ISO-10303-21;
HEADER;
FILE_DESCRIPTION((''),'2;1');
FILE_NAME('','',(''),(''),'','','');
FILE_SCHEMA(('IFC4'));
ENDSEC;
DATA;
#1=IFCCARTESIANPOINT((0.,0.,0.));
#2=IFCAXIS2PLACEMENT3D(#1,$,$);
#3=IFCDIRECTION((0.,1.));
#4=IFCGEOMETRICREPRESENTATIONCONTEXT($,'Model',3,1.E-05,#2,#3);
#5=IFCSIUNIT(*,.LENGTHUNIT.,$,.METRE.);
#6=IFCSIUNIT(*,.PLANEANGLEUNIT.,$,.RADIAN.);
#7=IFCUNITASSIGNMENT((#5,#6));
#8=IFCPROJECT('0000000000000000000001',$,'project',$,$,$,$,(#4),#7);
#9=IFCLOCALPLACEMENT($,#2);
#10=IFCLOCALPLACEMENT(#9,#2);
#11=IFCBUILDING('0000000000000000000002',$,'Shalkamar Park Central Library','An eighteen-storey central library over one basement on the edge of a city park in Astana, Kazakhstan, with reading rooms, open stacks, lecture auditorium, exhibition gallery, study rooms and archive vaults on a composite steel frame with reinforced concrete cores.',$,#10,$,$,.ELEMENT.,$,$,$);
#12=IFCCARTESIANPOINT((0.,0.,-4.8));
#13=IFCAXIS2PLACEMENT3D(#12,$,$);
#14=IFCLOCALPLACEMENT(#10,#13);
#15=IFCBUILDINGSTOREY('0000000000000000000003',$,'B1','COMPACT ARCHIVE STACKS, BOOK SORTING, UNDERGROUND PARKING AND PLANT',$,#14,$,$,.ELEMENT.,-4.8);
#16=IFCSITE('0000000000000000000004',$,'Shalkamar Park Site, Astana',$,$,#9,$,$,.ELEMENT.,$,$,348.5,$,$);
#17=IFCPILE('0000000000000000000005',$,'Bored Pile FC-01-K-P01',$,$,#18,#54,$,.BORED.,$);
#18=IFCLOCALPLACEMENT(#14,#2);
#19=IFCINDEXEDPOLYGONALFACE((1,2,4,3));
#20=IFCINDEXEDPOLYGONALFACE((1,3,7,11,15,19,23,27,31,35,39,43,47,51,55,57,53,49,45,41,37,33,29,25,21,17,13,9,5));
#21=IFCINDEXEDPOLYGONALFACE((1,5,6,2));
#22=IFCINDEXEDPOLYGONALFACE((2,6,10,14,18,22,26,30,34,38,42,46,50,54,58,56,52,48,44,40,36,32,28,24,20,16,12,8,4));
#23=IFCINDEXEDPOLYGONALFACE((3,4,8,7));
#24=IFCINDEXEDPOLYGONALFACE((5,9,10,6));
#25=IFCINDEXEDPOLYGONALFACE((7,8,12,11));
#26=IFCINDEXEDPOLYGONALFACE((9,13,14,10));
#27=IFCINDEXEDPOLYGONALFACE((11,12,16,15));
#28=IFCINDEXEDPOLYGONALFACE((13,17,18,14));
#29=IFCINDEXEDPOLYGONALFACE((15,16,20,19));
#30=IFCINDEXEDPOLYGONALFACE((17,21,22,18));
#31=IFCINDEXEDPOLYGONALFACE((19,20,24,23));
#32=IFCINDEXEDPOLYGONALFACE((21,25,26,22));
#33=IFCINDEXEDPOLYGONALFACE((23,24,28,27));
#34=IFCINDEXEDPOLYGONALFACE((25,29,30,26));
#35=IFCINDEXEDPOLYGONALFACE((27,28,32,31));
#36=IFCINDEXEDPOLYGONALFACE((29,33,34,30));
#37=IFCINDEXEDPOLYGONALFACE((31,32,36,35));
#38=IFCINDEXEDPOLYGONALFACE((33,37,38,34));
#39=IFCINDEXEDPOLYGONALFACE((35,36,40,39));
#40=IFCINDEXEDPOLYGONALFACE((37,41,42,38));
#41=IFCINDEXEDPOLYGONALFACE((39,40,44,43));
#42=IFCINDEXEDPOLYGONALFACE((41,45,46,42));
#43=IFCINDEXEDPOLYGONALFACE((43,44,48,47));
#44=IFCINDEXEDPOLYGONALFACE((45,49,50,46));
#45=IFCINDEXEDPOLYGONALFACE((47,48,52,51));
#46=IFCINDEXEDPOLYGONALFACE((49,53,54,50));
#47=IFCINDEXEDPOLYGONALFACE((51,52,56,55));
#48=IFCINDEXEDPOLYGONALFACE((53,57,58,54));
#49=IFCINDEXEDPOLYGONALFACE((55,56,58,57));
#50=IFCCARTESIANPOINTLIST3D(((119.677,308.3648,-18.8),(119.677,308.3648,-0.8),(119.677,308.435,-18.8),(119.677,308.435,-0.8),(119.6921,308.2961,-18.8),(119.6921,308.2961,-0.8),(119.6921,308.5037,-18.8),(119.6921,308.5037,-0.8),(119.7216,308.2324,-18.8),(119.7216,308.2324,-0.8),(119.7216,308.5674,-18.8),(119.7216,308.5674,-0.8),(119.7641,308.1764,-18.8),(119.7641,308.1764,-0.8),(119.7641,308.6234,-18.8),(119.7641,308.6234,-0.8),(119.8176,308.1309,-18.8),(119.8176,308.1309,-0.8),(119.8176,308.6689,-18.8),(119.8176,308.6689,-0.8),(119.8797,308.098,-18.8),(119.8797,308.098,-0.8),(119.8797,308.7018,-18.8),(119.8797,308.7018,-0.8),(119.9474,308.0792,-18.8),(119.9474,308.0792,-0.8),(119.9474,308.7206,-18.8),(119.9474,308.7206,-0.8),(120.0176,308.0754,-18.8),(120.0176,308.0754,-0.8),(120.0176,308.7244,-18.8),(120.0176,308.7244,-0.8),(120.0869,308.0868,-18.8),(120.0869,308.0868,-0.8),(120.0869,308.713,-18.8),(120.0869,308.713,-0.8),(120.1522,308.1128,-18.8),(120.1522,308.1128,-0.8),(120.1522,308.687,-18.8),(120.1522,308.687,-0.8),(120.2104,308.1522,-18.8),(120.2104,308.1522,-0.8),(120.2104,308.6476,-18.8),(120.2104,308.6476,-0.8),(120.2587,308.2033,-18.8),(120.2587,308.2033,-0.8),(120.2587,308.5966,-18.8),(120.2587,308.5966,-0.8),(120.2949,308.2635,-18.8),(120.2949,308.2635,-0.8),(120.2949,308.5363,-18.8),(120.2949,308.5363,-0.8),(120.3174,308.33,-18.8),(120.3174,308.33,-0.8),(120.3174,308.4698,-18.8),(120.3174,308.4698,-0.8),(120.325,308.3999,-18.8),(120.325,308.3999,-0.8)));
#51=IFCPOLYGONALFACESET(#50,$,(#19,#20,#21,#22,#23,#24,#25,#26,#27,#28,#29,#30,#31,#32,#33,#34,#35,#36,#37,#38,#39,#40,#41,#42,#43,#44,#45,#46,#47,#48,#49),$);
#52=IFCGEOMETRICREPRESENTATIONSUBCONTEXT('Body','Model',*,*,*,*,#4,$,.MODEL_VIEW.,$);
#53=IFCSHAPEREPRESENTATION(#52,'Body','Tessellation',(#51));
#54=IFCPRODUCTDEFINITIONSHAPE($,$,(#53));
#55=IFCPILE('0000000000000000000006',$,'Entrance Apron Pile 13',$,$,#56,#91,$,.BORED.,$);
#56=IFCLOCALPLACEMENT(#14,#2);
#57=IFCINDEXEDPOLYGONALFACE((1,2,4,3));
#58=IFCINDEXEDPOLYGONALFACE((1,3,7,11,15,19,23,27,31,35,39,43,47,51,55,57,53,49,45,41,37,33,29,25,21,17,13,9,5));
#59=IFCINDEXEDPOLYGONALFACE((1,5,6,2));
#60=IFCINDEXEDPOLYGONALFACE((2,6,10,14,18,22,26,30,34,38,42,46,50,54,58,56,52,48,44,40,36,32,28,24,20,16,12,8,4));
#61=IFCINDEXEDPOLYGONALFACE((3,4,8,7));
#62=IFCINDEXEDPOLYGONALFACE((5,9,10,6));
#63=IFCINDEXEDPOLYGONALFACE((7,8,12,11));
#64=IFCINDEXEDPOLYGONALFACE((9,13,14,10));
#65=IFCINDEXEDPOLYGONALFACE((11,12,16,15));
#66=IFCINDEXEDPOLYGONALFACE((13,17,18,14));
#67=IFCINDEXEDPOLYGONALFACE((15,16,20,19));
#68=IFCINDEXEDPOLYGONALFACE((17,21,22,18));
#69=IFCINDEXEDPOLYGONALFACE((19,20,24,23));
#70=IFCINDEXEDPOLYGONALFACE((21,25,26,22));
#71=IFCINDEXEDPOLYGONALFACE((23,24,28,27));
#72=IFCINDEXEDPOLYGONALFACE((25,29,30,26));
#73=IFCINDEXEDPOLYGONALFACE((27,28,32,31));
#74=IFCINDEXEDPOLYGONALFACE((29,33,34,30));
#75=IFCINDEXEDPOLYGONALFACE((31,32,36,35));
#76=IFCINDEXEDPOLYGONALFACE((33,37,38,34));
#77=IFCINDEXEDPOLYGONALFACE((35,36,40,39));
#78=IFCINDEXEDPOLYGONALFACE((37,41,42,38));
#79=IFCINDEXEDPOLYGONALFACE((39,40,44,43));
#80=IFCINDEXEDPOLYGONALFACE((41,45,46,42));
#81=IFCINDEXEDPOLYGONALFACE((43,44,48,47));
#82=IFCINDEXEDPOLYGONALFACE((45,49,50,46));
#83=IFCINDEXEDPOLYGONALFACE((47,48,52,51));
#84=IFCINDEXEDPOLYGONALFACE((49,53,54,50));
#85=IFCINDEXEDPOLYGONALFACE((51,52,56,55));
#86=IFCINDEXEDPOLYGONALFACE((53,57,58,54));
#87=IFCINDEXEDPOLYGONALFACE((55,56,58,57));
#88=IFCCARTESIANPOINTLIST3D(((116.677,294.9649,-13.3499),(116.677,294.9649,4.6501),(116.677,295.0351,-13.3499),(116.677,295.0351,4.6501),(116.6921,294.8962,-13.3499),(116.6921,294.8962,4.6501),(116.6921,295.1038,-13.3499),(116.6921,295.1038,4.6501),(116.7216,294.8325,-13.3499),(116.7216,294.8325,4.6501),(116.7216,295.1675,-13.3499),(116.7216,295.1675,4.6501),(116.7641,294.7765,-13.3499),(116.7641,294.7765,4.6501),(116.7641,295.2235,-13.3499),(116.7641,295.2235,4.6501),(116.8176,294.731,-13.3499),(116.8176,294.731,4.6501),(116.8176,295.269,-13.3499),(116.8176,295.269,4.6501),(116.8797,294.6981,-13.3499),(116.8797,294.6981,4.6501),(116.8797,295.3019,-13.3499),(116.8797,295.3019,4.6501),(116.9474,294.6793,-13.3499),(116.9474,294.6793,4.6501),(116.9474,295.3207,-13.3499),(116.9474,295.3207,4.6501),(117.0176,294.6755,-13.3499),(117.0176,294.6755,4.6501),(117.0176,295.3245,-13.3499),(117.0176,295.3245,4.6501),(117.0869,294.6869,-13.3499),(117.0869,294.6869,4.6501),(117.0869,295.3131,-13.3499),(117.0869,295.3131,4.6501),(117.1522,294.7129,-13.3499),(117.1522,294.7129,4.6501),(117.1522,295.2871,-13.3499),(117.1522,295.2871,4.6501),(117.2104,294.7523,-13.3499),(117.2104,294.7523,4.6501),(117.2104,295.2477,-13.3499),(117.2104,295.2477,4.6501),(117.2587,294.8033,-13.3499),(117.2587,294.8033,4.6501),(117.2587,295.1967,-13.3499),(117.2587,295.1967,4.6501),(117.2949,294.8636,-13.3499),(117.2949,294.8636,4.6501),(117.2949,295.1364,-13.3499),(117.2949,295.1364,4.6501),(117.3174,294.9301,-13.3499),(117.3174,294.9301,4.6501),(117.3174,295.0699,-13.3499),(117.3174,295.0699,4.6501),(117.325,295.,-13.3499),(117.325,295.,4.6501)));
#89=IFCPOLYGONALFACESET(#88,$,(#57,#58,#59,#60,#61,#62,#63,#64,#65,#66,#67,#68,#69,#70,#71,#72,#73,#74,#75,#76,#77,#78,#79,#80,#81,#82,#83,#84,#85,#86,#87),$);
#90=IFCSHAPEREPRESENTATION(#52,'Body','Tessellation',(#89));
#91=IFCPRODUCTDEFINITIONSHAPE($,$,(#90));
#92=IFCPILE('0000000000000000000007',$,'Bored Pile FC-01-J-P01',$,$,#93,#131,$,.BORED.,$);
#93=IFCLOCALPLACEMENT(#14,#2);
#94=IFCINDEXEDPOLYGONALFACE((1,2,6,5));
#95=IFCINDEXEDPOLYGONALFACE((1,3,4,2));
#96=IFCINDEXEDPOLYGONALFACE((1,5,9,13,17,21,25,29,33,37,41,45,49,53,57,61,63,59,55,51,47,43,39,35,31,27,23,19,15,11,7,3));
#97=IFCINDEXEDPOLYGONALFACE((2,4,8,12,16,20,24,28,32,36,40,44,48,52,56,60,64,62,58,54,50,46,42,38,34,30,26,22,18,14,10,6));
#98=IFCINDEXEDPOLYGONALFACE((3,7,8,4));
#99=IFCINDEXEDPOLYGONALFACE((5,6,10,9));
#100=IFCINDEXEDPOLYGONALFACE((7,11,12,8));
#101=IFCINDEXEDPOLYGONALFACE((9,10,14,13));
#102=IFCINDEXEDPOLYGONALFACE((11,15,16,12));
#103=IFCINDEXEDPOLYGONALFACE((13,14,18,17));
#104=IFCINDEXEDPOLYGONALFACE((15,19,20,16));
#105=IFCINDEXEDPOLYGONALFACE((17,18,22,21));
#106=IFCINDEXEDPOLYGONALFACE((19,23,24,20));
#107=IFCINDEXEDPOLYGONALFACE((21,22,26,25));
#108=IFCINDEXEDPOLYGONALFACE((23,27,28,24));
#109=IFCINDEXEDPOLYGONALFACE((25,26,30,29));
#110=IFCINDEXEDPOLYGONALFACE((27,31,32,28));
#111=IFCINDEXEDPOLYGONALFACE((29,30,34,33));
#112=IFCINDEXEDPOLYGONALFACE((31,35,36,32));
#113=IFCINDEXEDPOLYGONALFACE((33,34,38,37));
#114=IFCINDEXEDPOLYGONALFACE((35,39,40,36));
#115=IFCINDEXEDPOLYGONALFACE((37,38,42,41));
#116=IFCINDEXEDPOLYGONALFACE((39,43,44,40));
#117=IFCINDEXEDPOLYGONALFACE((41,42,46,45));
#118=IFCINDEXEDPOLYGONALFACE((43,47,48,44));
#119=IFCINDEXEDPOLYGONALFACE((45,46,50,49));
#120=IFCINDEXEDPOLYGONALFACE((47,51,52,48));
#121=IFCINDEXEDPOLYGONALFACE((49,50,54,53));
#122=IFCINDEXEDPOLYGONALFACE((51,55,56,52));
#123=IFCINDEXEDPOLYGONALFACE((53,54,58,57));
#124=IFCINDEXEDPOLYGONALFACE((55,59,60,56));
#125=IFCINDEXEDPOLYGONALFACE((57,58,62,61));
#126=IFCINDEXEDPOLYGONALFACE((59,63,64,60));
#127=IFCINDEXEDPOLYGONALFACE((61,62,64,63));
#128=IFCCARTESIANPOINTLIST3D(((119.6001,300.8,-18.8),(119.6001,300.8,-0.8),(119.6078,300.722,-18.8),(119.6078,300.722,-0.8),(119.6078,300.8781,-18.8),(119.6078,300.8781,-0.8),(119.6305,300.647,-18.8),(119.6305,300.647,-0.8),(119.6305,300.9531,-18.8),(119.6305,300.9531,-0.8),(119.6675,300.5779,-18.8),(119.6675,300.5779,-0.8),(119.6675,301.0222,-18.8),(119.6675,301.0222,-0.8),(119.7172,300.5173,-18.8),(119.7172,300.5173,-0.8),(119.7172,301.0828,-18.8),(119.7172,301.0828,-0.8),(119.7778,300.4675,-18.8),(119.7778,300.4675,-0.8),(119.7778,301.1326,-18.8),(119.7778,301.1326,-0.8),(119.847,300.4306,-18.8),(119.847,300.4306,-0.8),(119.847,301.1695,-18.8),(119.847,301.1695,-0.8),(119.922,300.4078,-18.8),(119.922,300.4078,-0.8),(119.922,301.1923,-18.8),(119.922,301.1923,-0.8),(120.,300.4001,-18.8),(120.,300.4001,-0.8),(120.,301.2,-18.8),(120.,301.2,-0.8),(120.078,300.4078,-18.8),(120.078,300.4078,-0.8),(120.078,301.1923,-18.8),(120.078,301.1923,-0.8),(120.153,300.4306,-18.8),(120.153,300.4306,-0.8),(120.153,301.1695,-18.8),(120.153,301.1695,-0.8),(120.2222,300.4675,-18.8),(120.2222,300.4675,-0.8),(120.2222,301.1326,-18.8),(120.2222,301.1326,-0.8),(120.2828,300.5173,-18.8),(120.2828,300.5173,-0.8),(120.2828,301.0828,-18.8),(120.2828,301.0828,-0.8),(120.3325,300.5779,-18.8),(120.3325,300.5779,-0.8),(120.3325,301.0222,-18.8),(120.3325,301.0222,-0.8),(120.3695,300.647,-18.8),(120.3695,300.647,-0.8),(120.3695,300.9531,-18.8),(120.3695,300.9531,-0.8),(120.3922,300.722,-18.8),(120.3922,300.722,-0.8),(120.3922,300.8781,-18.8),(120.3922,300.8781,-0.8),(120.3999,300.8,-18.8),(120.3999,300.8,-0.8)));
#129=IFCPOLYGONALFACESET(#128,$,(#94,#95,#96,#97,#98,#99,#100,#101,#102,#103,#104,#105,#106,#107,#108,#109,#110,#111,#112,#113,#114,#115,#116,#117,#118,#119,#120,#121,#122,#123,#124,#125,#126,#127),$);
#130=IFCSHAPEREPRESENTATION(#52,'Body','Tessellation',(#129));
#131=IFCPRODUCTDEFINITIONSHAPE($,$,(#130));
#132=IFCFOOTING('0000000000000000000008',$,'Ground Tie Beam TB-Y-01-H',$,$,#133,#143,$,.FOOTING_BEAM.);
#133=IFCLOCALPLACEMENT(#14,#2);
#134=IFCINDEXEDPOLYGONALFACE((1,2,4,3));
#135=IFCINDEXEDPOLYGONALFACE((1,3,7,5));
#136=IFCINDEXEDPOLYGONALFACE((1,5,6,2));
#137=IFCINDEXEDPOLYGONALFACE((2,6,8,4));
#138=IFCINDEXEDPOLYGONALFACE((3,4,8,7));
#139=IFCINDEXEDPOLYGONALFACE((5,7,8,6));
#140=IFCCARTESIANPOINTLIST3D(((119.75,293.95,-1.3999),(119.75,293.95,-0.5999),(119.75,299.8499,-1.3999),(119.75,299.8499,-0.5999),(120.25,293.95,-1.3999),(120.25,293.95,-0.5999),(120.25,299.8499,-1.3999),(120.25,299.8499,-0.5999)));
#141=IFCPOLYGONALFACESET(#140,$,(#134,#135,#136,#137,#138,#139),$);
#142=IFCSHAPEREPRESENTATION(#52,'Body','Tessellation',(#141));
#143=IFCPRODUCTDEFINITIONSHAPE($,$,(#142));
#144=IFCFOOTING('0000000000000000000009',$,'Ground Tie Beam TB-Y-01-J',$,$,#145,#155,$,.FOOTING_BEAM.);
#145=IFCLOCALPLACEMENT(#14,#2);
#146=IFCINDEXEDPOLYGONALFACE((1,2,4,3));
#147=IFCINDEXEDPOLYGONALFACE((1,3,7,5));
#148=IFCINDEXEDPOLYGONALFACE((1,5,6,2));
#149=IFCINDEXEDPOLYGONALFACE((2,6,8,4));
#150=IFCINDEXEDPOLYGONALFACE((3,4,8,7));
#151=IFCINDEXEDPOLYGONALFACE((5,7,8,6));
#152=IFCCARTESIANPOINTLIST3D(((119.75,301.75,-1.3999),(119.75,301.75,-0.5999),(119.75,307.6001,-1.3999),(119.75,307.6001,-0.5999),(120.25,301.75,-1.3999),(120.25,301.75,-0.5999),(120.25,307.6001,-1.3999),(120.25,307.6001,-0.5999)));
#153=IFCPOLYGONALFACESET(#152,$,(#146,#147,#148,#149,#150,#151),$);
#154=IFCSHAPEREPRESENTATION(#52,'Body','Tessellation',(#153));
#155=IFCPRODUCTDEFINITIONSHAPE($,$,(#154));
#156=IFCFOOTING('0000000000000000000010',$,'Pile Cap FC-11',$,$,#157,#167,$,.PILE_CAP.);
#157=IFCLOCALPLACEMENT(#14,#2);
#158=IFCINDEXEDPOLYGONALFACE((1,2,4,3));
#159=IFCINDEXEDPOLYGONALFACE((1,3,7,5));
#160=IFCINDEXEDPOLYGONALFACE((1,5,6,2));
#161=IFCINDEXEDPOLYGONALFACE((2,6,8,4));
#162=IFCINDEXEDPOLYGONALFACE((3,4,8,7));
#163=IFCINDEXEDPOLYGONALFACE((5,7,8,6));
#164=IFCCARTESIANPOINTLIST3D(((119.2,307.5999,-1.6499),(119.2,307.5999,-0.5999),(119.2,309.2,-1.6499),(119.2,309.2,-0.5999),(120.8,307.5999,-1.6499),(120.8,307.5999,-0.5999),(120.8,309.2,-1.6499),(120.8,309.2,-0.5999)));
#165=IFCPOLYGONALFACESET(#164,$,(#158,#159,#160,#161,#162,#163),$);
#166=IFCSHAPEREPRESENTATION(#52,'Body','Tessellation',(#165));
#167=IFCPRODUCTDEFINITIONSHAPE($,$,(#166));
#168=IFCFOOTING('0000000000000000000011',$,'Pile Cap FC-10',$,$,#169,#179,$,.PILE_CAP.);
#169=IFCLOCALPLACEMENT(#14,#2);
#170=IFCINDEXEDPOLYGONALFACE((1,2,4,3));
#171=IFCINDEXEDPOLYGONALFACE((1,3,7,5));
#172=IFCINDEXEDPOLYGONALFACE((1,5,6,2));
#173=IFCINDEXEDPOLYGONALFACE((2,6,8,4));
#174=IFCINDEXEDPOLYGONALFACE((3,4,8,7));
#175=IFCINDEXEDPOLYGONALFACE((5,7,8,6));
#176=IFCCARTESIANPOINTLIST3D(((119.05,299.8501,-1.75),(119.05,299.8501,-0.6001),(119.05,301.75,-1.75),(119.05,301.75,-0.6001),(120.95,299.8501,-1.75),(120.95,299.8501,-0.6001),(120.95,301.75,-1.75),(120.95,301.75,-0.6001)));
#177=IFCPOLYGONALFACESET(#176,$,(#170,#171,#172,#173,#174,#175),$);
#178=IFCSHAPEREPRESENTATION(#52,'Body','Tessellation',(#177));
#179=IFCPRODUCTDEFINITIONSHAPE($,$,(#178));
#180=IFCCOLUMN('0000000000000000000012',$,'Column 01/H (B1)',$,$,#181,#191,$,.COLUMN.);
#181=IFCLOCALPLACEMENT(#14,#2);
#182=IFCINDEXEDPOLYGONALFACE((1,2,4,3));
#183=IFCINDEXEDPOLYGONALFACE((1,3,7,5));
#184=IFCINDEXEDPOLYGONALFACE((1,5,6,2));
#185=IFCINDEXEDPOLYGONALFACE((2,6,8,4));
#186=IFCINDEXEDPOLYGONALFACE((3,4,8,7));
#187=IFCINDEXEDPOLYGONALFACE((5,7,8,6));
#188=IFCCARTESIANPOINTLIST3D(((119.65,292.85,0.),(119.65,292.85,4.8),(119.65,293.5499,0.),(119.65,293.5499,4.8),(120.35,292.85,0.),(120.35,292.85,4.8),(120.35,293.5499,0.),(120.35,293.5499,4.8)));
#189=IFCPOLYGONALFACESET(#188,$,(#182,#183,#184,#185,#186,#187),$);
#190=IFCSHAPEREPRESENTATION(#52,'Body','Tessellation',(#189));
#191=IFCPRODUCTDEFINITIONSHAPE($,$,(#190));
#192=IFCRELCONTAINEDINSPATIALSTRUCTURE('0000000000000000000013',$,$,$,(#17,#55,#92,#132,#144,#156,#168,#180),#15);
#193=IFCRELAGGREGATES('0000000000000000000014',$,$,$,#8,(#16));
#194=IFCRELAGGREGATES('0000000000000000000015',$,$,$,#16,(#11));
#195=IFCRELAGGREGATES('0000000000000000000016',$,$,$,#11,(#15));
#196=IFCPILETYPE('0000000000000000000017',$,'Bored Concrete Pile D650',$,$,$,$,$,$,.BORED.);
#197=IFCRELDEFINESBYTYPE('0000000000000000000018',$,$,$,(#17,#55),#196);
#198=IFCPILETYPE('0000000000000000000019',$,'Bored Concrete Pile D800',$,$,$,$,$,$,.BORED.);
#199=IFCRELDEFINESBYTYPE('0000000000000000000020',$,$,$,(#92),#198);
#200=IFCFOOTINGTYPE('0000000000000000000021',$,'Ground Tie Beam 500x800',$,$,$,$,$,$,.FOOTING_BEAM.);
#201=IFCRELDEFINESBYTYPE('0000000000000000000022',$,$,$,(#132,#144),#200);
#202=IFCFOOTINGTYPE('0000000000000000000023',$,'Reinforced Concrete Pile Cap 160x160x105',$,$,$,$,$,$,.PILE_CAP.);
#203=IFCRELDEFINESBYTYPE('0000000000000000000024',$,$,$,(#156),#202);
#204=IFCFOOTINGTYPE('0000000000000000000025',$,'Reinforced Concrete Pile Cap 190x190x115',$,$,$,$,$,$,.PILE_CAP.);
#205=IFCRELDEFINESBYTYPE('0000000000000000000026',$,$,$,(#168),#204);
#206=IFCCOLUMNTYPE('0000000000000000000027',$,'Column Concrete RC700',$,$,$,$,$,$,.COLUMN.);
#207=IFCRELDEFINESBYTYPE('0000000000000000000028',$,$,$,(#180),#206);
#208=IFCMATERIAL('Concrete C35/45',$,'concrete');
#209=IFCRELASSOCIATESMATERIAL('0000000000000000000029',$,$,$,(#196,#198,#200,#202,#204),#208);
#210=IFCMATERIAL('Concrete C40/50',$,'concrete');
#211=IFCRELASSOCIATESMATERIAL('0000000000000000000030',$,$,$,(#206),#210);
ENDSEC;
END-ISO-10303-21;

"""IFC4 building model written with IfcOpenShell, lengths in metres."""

from ifc_helpers import new_model, si_unit, direction, frame, origin, origin_2d, place, context, subcontext, project, spatial, rectangle, circle, extrude, material, material_profile, profile_set, type_object, element, save


model = new_model("IFC4")

# Units and contexts
model_context = context("Model", 3, precision=1e-05, world=origin(), true_north=direction((0.0, 1.0)))
body_context = subcontext(model_context, "Body", "Model", "MODEL_VIEW")
ifc_project = project(units=[si_unit("LENGTHUNIT", "METRE"), si_unit("PLANEANGLEUNIT", "RADIAN")], contexts=[model_context])

# Site, building, storey
site_placement = place(None, origin())
site = spatial("IfcSite", under=ifc_project, at=site_placement, Name="Shalkamar Park Site, Astana", CompositionType="ELEMENT", RefElevation=348.5)
building_placement = place(site_placement, origin())
building = spatial("IfcBuilding", under=site, at=building_placement, Name="Shalkamar Park Central Library", Description="An eighteen-storey central library over one basement on the edge of a city park in Astana, Kazakhstan, with reading rooms, open stacks, lecture auditorium, exhibition gallery, study rooms and archive vaults on a composite steel frame with reinforced concrete cores.", CompositionType="ELEMENT")
storey_placement = place(building_placement, frame((0.0, 0.0, -4.8)))
storey = spatial("IfcBuildingStorey", under=building, at=storey_placement, Name="B1", Description="COMPACT ARCHIVE STACKS, BOOK SORTING, UNDERGROUND PARKING AND PLANT", CompositionType="ELEMENT", Elevation=-4.8)

# Piles
ifc_material_1 = material(Name="Concrete C35/45", Category="concrete")
ifc_material_profile_1 = material_profile(ifc_material_1, circle(Radius=0.325, at=origin_2d()), Name="PILE D650")
ifc_profile_set_1 = profile_set([ifc_material_profile_1], Name="Concrete C35/45")
pile_type_1 = type_object("IfcPileType", Name="Bored Concrete Pile D650", PredefinedType="BORED", material=ifc_profile_set_1)
for number, where, z_axis, x_axis, name in (
    (1, (120.0, 308.3999, -0.8), (0.0, 0.0, -1.0), (1.0, 0.0, 0.0), "Bored Pile FC-01-K-P01"),
    (2, (117.0, 295.0, 4.6501), (0.0, 0.0, -1.0), (1.0, 0.0, 0.0), "Entrance Apron Pile 13"),
):
    element("IfcPile", number, at=place(storey_placement, frame(where, z_axis=z_axis, x_axis=x_axis)), inside=storey, type_object=pile_type_1, Name=name, PredefinedType="BORED", context=body_context, shape_type="SweptSolid", body=[
        extrude(circle(Radius=0.325, at=origin_2d()), origin(), (0.0, 0.0, 1.0), 18.0),
    ])
ifc_material_profile_2 = material_profile(ifc_material_1, circle(Radius=0.3999, at=origin_2d()), Name="PILE D800")
ifc_profile_set_2 = profile_set([ifc_material_profile_2], Name="Concrete C35/45")
pile_type_2 = type_object("IfcPileType", Name="Bored Concrete Pile D800", PredefinedType="BORED", material=ifc_profile_set_2)
pile_placement = place(storey_placement, frame((120.0, 300.8, -0.8), z_axis=(0.0, 0.0, -1.0), x_axis=(1.0, 0.0, 0.0)))
element("IfcPile", 3, at=pile_placement, inside=storey, type_object=pile_type_2, Name="Bored Pile FC-01-J-P01", PredefinedType="BORED", context=body_context, shape_type="SweptSolid", body=[
    extrude(circle(Radius=0.3999, at=origin_2d()), origin(), (0.0, 0.0, 1.0), 18.0),
])

# Footings
footing_type_1 = type_object("IfcFootingType", Name="Ground Tie Beam 500x800", PredefinedType="FOOTING_BEAM", material=ifc_material_1)
footing_1_placement = place(storey_placement, frame((120.0, 296.8999, -1.3999), z_axis=(0.0, 0.0, 1.0), x_axis=(0.0, 1.0, 0.0)))
element("IfcFooting", 4, at=footing_1_placement, inside=storey, type_object=footing_type_1, Name="Ground Tie Beam TB-Y-01-H", PredefinedType="FOOTING_BEAM", context=body_context, shape_type="SweptSolid", body=[
    extrude(rectangle(XDim=5.8999, YDim=0.5, at=origin_2d()), origin(), (0.0, 0.0, 1.0), 0.8),
])
footing_2_placement = place(storey_placement, frame((120.0, 304.675, -1.3999), z_axis=(0.0, 0.0, 1.0), x_axis=(0.0, 1.0, 0.0)))
element("IfcFooting", 5, at=footing_2_placement, inside=storey, type_object=footing_type_1, Name="Ground Tie Beam TB-Y-01-J", PredefinedType="FOOTING_BEAM", context=body_context, shape_type="SweptSolid", body=[
    extrude(rectangle(XDim=5.8501, YDim=0.5, at=origin_2d()), origin(), (0.0, 0.0, 1.0), 0.8),
])
footing_type_2 = type_object("IfcFootingType", Name="Reinforced Concrete Pile Cap 160x160x105", PredefinedType="PILE_CAP", material=ifc_material_1)
footing_3_placement = place(storey_placement, frame((120.0, 308.3999, -1.6499), z_axis=(0.0, 0.0, 1.0), x_axis=(1.0, 0.0, 0.0)))
element("IfcFooting", 6, at=footing_3_placement, inside=storey, type_object=footing_type_2, Name="Pile Cap FC-11", PredefinedType="PILE_CAP", context=body_context, shape_type="SweptSolid", body=[
    extrude(rectangle(XDim=1.6001, YDim=1.6001, at=origin_2d()), origin(), (0.0, 0.0, 1.0), 1.05),
])
footing_type_3 = type_object("IfcFootingType", Name="Reinforced Concrete Pile Cap 190x190x115", PredefinedType="PILE_CAP", material=ifc_material_1)
footing_4_placement = place(storey_placement, frame((120.0, 300.8, -1.75), z_axis=(0.0, 0.0, 1.0), x_axis=(1.0, 0.0, 0.0)))
element("IfcFooting", 7, at=footing_4_placement, inside=storey, type_object=footing_type_3, Name="Pile Cap FC-10", PredefinedType="PILE_CAP", context=body_context, shape_type="SweptSolid", body=[
    extrude(rectangle(XDim=1.8999, YDim=1.8999, at=origin_2d()), origin(), (0.0, 0.0, 1.0), 1.1499),
])

# Column
ifc_material_2 = material(Name="Concrete C40/50", Category="concrete")
ifc_material_profile_3 = material_profile(ifc_material_2, rectangle(XDim=0.7, YDim=0.7, at=origin_2d()), Name="RC 700x700")
ifc_profile_set_3 = profile_set([ifc_material_profile_3], Name="Concrete C40/50")
column_type_1 = type_object("IfcColumnType", Name="Column Concrete RC700", PredefinedType="COLUMN", material=ifc_profile_set_3)
for number, where, z_axis, x_axis, name in (
    (8, (120.0, 293.2, 0.0), (0.0, 0.0, 1.0), (1.0, 0.0, 0.0), "Column 01/H (B1)"),
):
    element("IfcColumn", number, at=place(storey_placement, frame(where, z_axis=z_axis, x_axis=x_axis)), inside=storey, type_object=column_type_1, Name=name, PredefinedType="COLUMN", context=body_context, shape_type="SweptSolid", body=[
        extrude(rectangle(XDim=0.7, YDim=0.7, at=origin_2d()), origin(), (0.0, 0.0, 1.0), 4.8),
    ])

save(model, "model.ifc")
